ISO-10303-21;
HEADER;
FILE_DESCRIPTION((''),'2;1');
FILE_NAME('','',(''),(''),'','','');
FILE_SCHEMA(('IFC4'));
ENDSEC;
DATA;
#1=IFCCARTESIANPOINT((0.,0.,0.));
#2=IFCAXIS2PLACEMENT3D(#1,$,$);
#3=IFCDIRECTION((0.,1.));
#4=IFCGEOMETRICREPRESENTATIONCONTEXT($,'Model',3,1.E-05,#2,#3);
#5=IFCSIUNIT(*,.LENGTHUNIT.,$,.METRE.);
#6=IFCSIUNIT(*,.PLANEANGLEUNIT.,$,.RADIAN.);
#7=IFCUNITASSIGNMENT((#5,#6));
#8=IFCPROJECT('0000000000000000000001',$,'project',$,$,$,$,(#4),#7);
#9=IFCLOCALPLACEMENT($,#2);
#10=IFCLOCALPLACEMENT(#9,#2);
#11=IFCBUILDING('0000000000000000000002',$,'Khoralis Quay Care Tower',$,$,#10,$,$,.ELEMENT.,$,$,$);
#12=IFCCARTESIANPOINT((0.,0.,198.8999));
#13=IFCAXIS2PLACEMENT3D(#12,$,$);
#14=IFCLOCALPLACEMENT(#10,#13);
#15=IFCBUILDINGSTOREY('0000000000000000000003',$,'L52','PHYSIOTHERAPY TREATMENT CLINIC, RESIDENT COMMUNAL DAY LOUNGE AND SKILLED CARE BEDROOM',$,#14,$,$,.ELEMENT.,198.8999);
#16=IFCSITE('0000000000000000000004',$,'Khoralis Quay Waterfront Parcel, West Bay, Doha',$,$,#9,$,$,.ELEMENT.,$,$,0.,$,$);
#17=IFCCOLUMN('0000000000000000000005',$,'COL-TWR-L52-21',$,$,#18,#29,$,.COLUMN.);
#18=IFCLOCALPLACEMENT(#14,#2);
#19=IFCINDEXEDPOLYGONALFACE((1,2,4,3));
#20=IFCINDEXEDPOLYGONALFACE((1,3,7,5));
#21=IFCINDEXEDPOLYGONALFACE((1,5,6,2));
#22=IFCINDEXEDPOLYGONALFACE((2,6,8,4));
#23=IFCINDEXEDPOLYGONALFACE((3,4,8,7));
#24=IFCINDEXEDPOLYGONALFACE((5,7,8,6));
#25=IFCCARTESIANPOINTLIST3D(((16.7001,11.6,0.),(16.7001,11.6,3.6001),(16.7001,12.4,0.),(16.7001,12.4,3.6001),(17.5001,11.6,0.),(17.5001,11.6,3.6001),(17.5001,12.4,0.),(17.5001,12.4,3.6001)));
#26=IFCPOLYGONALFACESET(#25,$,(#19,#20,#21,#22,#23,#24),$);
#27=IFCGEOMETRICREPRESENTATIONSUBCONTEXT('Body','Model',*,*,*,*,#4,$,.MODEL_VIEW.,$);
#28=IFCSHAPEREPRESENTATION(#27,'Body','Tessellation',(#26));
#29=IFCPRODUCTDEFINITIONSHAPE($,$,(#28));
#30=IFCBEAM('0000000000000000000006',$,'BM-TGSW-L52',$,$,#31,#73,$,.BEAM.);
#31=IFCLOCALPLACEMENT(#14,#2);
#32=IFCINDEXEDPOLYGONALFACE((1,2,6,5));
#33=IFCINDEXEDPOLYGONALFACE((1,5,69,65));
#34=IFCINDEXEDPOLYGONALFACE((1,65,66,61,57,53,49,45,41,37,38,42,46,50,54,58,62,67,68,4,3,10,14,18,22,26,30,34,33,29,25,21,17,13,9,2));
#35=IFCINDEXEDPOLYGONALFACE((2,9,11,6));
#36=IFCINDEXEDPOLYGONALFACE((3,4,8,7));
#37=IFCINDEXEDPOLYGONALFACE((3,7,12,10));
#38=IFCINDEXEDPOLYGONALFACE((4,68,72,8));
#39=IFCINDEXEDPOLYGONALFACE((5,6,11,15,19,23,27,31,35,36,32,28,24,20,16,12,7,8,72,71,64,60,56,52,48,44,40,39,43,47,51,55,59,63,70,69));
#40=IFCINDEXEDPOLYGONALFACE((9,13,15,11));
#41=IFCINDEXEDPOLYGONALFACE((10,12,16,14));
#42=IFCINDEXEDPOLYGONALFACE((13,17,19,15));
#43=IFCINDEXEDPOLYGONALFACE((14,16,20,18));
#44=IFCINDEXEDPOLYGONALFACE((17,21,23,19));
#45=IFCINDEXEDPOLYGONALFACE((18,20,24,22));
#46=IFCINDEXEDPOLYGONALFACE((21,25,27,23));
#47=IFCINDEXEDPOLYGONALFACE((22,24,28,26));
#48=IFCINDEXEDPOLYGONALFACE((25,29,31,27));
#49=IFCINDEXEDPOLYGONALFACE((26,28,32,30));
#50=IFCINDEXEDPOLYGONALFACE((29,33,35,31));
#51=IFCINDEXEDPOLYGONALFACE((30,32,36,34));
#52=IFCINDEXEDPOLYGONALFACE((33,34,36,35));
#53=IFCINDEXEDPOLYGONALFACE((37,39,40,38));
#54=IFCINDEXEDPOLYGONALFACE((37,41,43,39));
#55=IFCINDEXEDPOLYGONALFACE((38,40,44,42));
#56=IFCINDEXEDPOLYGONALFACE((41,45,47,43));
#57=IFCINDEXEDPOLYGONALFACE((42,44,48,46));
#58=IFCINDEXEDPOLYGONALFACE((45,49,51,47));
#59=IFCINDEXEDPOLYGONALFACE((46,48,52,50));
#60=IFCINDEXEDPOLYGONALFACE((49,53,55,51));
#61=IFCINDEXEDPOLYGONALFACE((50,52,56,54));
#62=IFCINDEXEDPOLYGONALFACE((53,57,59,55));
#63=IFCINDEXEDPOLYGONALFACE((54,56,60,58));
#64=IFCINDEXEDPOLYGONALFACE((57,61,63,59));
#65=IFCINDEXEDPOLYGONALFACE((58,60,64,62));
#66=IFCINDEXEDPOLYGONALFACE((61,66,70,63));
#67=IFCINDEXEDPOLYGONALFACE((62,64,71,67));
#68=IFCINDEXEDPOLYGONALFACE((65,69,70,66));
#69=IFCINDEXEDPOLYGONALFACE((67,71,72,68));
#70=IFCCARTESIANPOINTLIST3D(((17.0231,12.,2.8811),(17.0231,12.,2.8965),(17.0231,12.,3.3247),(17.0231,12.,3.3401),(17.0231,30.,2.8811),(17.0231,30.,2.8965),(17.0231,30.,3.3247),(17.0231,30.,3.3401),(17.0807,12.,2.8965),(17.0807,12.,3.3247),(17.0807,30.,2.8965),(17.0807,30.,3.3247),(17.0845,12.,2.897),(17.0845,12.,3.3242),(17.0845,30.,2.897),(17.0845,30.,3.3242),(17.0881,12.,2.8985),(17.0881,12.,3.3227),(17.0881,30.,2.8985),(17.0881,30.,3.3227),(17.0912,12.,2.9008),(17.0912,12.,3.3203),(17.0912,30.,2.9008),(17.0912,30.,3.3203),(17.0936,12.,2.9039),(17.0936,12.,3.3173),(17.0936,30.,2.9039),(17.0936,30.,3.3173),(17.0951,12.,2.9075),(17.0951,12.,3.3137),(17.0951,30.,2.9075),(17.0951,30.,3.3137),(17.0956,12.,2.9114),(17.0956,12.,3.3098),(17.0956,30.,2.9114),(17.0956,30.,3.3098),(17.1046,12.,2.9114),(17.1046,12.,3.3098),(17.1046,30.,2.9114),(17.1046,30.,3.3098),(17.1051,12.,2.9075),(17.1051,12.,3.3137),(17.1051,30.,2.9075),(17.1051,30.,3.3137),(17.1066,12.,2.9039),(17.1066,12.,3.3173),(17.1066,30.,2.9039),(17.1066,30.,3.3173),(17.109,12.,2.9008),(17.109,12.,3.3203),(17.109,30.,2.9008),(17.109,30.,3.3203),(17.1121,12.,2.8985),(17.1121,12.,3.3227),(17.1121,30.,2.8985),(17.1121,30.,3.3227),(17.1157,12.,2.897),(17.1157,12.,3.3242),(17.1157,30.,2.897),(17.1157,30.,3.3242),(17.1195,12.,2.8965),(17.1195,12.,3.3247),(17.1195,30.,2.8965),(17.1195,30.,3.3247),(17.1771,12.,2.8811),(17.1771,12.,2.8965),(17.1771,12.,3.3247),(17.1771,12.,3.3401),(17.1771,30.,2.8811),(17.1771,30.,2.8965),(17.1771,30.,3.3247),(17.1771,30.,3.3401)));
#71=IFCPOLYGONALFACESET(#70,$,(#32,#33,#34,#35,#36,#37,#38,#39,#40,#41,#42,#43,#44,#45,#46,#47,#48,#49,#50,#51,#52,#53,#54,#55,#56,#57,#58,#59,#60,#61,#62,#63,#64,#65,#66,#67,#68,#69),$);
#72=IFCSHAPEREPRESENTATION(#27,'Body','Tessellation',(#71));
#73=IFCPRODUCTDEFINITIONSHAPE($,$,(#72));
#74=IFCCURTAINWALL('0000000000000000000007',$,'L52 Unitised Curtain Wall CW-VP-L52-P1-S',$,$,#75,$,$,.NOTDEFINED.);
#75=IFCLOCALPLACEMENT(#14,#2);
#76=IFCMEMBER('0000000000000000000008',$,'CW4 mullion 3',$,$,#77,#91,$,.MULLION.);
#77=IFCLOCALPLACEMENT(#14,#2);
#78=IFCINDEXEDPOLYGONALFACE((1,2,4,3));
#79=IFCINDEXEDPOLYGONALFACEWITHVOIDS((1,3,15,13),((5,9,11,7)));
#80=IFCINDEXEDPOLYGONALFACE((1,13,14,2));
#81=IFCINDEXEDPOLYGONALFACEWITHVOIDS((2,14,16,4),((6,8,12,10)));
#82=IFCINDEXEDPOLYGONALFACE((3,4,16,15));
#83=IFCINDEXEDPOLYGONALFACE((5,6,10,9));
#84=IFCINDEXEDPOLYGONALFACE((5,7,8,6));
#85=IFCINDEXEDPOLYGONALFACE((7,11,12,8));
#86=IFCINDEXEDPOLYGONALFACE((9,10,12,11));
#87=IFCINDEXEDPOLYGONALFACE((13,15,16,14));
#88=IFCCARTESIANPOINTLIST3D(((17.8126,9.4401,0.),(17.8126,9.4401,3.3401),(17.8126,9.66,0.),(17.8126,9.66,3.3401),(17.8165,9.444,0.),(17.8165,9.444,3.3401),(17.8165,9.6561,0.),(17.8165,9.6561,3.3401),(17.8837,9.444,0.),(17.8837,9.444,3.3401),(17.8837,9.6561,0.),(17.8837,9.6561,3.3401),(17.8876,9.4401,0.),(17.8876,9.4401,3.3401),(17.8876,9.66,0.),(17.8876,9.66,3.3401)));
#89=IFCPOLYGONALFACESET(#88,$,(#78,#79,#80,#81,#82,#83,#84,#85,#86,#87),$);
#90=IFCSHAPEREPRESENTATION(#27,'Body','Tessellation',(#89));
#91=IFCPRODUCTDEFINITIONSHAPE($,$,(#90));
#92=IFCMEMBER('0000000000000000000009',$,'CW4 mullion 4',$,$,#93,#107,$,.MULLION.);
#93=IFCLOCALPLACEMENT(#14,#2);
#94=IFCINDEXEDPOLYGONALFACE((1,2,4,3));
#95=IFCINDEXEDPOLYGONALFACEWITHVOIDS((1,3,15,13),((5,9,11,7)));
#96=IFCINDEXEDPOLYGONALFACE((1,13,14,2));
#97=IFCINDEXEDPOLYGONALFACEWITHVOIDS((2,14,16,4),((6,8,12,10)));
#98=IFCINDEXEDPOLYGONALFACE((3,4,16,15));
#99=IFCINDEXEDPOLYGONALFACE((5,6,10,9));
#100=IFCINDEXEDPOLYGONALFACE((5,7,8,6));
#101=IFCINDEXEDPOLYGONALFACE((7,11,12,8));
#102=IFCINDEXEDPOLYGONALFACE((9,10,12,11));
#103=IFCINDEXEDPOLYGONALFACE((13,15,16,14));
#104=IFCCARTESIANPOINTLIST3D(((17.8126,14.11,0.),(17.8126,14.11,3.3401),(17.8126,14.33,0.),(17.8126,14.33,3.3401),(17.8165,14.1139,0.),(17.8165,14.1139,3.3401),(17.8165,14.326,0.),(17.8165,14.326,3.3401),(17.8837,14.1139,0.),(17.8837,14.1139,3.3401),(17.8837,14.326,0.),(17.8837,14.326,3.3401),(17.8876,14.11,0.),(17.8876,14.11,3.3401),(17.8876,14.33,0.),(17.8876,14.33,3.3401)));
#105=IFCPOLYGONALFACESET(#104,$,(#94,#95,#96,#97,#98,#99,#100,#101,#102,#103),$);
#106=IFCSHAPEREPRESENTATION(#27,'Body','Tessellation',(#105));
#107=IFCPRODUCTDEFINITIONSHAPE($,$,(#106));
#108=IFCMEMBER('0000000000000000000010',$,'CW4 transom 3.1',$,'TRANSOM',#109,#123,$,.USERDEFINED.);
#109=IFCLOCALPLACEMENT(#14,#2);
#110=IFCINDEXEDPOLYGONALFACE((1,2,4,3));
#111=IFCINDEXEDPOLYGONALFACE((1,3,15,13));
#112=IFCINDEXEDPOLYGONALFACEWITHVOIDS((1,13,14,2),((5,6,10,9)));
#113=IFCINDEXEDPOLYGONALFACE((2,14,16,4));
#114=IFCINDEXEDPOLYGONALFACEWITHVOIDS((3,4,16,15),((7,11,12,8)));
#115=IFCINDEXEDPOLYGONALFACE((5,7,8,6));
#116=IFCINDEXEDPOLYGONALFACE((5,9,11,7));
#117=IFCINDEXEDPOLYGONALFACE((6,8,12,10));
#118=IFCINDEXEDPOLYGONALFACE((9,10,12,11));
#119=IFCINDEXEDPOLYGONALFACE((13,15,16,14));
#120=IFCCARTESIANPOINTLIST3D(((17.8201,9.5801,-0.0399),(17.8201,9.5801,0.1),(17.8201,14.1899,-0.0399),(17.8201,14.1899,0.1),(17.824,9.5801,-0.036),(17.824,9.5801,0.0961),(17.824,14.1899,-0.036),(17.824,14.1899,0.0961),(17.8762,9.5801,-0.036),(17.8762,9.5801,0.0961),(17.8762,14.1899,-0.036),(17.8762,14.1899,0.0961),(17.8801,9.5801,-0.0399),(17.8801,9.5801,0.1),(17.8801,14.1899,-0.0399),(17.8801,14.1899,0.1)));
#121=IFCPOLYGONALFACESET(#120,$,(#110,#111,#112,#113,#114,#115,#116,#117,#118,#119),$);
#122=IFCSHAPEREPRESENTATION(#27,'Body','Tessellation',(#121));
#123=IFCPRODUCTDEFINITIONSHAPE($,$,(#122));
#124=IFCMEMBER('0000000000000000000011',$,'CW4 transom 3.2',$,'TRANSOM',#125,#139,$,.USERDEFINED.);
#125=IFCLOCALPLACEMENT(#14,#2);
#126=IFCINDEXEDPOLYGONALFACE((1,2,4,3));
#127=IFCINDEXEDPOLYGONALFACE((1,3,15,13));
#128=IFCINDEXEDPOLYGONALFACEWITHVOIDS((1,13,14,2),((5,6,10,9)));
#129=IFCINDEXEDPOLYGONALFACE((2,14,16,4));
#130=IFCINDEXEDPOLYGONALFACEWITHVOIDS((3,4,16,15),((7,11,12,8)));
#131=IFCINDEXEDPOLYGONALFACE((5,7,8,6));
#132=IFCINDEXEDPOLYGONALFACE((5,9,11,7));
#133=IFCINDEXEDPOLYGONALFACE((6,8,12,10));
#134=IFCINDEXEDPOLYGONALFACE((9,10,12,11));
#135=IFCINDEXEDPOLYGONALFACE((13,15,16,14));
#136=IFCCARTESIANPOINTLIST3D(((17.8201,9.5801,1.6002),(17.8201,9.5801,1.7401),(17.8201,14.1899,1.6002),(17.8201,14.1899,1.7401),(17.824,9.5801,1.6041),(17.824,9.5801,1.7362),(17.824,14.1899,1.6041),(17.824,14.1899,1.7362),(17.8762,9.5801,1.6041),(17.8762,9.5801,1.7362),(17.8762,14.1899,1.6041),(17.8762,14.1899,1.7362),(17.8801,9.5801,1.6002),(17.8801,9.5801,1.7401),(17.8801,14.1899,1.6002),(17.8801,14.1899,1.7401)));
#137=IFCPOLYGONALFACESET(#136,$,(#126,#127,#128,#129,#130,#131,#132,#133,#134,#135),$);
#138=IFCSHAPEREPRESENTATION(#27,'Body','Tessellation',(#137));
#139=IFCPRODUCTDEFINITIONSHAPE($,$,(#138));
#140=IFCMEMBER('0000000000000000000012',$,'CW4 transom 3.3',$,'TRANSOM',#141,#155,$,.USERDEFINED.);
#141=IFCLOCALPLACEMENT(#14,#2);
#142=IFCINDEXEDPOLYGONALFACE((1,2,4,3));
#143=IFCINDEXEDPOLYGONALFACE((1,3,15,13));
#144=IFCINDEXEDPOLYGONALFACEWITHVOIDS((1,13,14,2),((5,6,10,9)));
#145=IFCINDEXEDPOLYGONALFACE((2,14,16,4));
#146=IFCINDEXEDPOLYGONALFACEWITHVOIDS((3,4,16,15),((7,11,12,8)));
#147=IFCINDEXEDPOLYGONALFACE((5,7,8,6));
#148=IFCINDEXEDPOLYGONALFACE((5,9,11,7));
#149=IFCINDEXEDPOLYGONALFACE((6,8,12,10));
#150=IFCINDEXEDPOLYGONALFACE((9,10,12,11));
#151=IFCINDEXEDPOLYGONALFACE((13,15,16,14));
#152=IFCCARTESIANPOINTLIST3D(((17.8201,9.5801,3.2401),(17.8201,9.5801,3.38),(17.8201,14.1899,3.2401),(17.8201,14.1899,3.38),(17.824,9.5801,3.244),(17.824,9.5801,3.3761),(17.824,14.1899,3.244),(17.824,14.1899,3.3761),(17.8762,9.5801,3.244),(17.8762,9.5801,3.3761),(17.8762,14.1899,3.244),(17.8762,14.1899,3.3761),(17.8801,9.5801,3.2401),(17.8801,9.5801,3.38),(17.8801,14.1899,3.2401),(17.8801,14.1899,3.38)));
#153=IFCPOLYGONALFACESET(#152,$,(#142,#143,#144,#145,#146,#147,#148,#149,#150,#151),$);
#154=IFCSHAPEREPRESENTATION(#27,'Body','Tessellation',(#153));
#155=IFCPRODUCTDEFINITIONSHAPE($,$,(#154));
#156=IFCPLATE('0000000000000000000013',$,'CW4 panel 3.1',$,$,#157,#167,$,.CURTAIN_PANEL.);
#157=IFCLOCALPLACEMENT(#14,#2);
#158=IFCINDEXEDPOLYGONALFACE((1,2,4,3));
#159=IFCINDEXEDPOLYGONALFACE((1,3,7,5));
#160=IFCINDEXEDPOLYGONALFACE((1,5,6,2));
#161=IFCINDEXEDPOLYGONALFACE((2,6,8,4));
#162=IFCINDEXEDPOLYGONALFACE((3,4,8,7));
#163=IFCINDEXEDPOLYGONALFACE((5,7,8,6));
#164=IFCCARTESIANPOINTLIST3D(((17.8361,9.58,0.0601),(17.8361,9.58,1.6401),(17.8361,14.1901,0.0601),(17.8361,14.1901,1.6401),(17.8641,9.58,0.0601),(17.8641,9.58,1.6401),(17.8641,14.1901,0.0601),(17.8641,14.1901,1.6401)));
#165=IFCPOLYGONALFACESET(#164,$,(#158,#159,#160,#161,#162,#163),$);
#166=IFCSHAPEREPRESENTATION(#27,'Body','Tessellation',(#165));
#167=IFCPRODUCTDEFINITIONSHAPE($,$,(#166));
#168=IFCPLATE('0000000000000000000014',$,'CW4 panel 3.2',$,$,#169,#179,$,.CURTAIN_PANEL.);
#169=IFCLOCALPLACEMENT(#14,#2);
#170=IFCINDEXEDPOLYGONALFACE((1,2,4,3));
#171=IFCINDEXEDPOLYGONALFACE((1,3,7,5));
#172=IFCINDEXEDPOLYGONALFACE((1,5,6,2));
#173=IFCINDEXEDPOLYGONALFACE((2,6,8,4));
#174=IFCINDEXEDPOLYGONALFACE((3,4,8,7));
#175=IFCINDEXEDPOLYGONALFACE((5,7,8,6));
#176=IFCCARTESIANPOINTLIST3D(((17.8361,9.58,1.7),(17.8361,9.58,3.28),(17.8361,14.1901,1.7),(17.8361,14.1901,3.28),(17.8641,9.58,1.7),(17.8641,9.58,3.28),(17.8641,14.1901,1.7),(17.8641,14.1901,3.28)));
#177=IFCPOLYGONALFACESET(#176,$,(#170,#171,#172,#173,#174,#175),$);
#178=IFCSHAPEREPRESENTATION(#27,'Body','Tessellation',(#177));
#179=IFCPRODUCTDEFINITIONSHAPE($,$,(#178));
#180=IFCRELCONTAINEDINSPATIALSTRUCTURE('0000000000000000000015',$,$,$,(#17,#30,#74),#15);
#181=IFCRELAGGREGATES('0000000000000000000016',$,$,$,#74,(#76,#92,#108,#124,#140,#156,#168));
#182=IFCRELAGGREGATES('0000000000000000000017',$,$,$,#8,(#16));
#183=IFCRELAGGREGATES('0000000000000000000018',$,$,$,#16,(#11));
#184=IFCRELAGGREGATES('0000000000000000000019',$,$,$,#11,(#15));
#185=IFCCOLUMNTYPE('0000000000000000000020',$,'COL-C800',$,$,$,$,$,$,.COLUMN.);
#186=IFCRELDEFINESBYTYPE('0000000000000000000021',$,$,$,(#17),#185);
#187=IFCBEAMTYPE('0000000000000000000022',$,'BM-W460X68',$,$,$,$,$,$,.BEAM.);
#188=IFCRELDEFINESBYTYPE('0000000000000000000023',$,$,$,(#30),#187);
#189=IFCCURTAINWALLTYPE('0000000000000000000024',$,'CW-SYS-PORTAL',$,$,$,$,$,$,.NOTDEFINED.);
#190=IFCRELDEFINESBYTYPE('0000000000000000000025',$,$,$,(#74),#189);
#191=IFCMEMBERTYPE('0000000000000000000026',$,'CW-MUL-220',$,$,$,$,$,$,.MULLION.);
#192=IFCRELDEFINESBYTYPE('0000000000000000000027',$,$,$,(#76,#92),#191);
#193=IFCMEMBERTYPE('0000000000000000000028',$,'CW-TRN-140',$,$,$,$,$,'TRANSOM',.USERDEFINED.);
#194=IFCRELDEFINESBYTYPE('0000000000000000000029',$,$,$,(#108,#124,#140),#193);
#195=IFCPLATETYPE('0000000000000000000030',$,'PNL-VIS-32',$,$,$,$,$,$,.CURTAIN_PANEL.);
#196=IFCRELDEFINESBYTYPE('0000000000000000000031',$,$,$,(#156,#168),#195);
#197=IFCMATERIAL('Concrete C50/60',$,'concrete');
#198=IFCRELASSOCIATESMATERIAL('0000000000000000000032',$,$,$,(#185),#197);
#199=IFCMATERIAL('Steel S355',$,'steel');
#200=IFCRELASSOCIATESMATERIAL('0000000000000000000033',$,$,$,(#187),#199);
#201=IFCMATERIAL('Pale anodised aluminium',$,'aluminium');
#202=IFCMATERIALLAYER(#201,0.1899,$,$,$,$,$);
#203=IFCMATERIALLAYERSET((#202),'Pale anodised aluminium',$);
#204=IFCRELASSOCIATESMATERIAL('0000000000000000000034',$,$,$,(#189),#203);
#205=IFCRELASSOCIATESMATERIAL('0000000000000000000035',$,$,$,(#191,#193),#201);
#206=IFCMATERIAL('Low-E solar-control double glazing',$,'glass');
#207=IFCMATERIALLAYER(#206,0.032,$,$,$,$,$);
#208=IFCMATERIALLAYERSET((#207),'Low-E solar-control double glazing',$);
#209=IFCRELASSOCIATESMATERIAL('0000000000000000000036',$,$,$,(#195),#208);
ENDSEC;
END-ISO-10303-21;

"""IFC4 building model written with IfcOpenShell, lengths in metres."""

from ifc_helpers import new_model, si_unit, direction, frame, origin, origin_2d, place, context, subcontext, project, spatial, rectangle, hollow_rectangle, i_section, extrude, source, transform, mapped, material, layer, layer_set, material_profile, profile_set, type_object, element, aggregate, save


model = new_model("IFC4")

# Units and contexts
model_context = context("Model", 3, precision=1e-05, world=origin(), true_north=direction((0.0, 1.0)))
body_context = subcontext(model_context, "Body", "Model", "MODEL_VIEW")
ifc_project = project(units=[si_unit("LENGTHUNIT", "METRE"), si_unit("PLANEANGLEUNIT", "RADIAN")], contexts=[model_context])

# Site, building, storey
site_placement = place(None, origin())
site = spatial("IfcSite", under=ifc_project, at=site_placement, Name="Khoralis Quay Waterfront Parcel, West Bay, Doha", CompositionType="ELEMENT", RefElevation=0.0)
building_placement = place(site_placement, origin())
building = spatial("IfcBuilding", under=site, at=building_placement, Name="Khoralis Quay Care Tower", CompositionType="ELEMENT")
storey_placement = place(building_placement, frame((0.0, 0.0, 198.8999)))
storey = spatial("IfcBuildingStorey", under=building, at=storey_placement, Name="L52", Description="PHYSIOTHERAPY TREATMENT CLINIC, RESIDENT COMMUNAL DAY LOUNGE AND SKILLED CARE BEDROOM", CompositionType="ELEMENT", Elevation=198.8999)

# Column
ifc_material_1 = material(Name="Concrete C50/60", Category="concrete")
ifc_material_profile_1 = material_profile(ifc_material_1, rectangle(XDim=0.8, YDim=0.8, at=origin_2d()), Name="Concrete C50/60")
ifc_profile_set_1 = profile_set([ifc_material_profile_1], Name="Concrete C50/60")
column_type = type_object("IfcColumnType", Name="COL-C800", PredefinedType="COLUMN", material=ifc_profile_set_1)
shared_shape_1 = source(origin(), body_context, "Body", "SweptSolid", [
    extrude(rectangle(XDim=0.8, YDim=0.8, at=origin_2d()), origin(), (0.0, 0.0, 1.0), 3.6001),
])
column_placement = place(storey_placement, frame((17.1001, 12.0, 0.0), z_axis=(0.0, 0.0, 1.0), x_axis=(1.0, 0.0, 0.0)))
element("IfcColumn", 1, at=column_placement, inside=storey, type_object=column_type, Name="COL-TWR-L52-21", PredefinedType="COLUMN", context=body_context, shape_type="MappedRepresentation", body=[
    mapped(shared_shape_1, transform((0.0, 0.0, 0.0), scale=1.0)),
])

# Beam
ifc_material_2 = material(Name="Steel S355", Category="steel")
ifc_material_profile_2 = material_profile(ifc_material_2, i_section(OverallWidth=0.1541, OverallDepth=0.459, WebThickness=0.009, FlangeThickness=0.0154, FilletRadius=0.0149, at=origin_2d()), Name="Steel S355")
ifc_profile_set_2 = profile_set([ifc_material_profile_2], Name="Steel S355")
beam_type = type_object("IfcBeamType", Name="BM-W460X68", PredefinedType="BEAM", material=ifc_profile_set_2)
shared_shape_2 = source(origin(), body_context, "Body", "SweptSolid", [
    extrude(i_section(OverallWidth=0.1541, OverallDepth=0.459, WebThickness=0.009, FlangeThickness=0.0154, FilletRadius=0.0149, at=origin_2d()), origin(), (0.0, 0.0, 1.0), 18.0),
])
beam_placement = place(storey_placement, frame((17.1001, 12.0, 3.1106), z_axis=(0.0, 1.0, 0.0), x_axis=(-1.0, 0.0, 0.0)))
element("IfcBeam", 2, at=beam_placement, inside=storey, type_object=beam_type, Name="BM-TGSW-L52", PredefinedType="BEAM", context=body_context, shape_type="MappedRepresentation", body=[
    mapped(shared_shape_2, transform((0.0, 0.0, 0.0), scale=1.0)),
])

# Curtain wall, members, plates
ifc_material_3 = material(Name="Pale anodised aluminium", Category="aluminium")
ifc_layer_1 = layer(ifc_material_3, 0.1899)
ifc_layer_set_1 = layer_set([ifc_layer_1], Name="Pale anodised aluminium")
curtain_wall_type = type_object("IfcCurtainWallType", Name="CW-SYS-PORTAL", PredefinedType="NOTDEFINED", material=ifc_layer_set_1)
curtain_wall_placement = place(storey_placement, origin())
curtain_wall = element("IfcCurtainWall", 3, at=curtain_wall_placement, inside=storey, type_object=curtain_wall_type, Name="L52 Unitised Curtain Wall CW-VP-L52-P1-S", PredefinedType="NOTDEFINED")
ifc_material_profile_3 = material_profile(ifc_material_3, hollow_rectangle(XDim=0.075, YDim=0.22, WallThickness=0.0039, at=origin_2d()), Name="Pale anodised aluminium")
ifc_profile_set_3 = profile_set([ifc_material_profile_3], Name="Pale anodised aluminium")
member_type_1 = type_object("IfcMemberType", Name="CW-MUL-220", PredefinedType="MULLION", material=ifc_profile_set_3)
shared_shape_3 = source(origin(), body_context, "Body", "SweptSolid", [
    extrude(hollow_rectangle(XDim=0.075, YDim=0.22, WallThickness=0.0039, at=origin_2d()), origin(), (0.0, 0.0, 1.0), 3.3401),
])
member_1_placement = place(storey_placement, frame((17.8501, 9.55, 0.0), z_axis=(0.0, 0.0, 1.0), x_axis=(-1.0, 0.0, 0.0)))
member_1 = element("IfcMember", 4, at=member_1_placement, type_object=member_type_1, Name="CW4 mullion 3", PredefinedType="MULLION", context=body_context, shape_type="MappedRepresentation", body=[
    mapped(shared_shape_3, transform((0.0, 0.0, 0.0), scale=1.0)),
])
member_2_placement = place(storey_placement, frame((17.8501, 14.22, 0.0), z_axis=(0.0, 0.0, 1.0), x_axis=(-1.0, 0.0, 0.0)))
member_2 = element("IfcMember", 5, at=member_2_placement, type_object=member_type_1, Name="CW4 mullion 4", PredefinedType="MULLION", context=body_context, shape_type="MappedRepresentation", body=[
    mapped(shared_shape_3, transform((0.0, 0.0, 0.0), scale=1.0)),
])
ifc_material_profile_4 = material_profile(ifc_material_3, hollow_rectangle(XDim=0.0601, YDim=0.1399, WallThickness=0.0039, at=origin_2d()), Name="Pale anodised aluminium")
ifc_profile_set_4 = profile_set([ifc_material_profile_4], Name="Pale anodised aluminium")
member_type_2 = type_object("IfcMemberType", Name="CW-TRN-140", ElementType="TRANSOM", PredefinedType="USERDEFINED", material=ifc_profile_set_4)
shared_shape_4 = source(origin(), body_context, "Body", "SweptSolid", [
    extrude(hollow_rectangle(XDim=0.0601, YDim=0.1399, WallThickness=0.0039, at=origin_2d()), origin(), (0.0, 0.0, 1.0), 4.6099),
])
member_3_placement = place(storey_placement, frame((17.8501, 9.5801, 0.03), z_axis=(0.0, 1.0, 0.0), x_axis=(-1.0, 0.0, 0.0)))
member_3 = element("IfcMember", 6, at=member_3_placement, type_object=member_type_2, Name="CW4 transom 3.1", ObjectType="TRANSOM", PredefinedType="USERDEFINED", context=body_context, shape_type="MappedRepresentation", body=[
    mapped(shared_shape_4, transform((0.0, 0.0, 0.0), scale=1.0)),
])
member_4_placement = place(storey_placement, frame((17.8501, 9.5801, 1.6702), z_axis=(0.0, 1.0, 0.0), x_axis=(-1.0, 0.0, 0.0)))
member_4 = element("IfcMember", 7, at=member_4_placement, type_object=member_type_2, Name="CW4 transom 3.2", ObjectType="TRANSOM", PredefinedType="USERDEFINED", context=body_context, shape_type="MappedRepresentation", body=[
    mapped(shared_shape_4, transform((0.0, 0.0, 0.0), scale=1.0)),
])
member_5_placement = place(storey_placement, frame((17.8501, 9.5801, 3.3101), z_axis=(0.0, 1.0, 0.0), x_axis=(-1.0, 0.0, 0.0)))
member_5 = element("IfcMember", 8, at=member_5_placement, type_object=member_type_2, Name="CW4 transom 3.3", ObjectType="TRANSOM", PredefinedType="USERDEFINED", context=body_context, shape_type="MappedRepresentation", body=[
    mapped(shared_shape_4, transform((0.0, 0.0, 0.0), scale=1.0)),
])
ifc_material_4 = material(Name="Low-E solar-control double glazing", Category="glass")
ifc_layer_2 = layer(ifc_material_4, 0.032)
ifc_layer_set_2 = layer_set([ifc_layer_2], Name="Low-E solar-control double glazing")
plate_type = type_object("IfcPlateType", Name="PNL-VIS-32", PredefinedType="CURTAIN_PANEL", material=ifc_layer_set_2)
shared_shape_5 = source(origin(), body_context, "Body", "SweptSolid", [
    extrude(rectangle(XDim=4.6101, YDim=0.0281, at=origin_2d()), origin(), (0.0, 0.0, 1.0), 1.5801),
])
plate_1_placement = place(storey_placement, frame((17.8501, 11.885, 0.0601), z_axis=(0.0, 0.0, 1.0), x_axis=(0.0, 1.0, 0.0)))
plate_1 = element("IfcPlate", 9, at=plate_1_placement, type_object=plate_type, Name="CW4 panel 3.1", PredefinedType="CURTAIN_PANEL", context=body_context, shape_type="MappedRepresentation", body=[
    mapped(shared_shape_5, transform((0.0, 0.0, 0.0), scale=1.0)),
])
plate_2_placement = place(storey_placement, frame((17.8501, 11.885, 1.7), z_axis=(0.0, 0.0, 1.0), x_axis=(0.0, 1.0, 0.0)))
plate_2 = element("IfcPlate", 10, at=plate_2_placement, type_object=plate_type, Name="CW4 panel 3.2", PredefinedType="CURTAIN_PANEL", context=body_context, shape_type="MappedRepresentation", body=[
    mapped(shared_shape_5, transform((0.0, 0.0, 0.0), scale=1.0)),
])
aggregate(curtain_wall, [member_1, member_2, member_3, member_4, member_5, plate_1, plate_2])

save(model, "model.ifc")
